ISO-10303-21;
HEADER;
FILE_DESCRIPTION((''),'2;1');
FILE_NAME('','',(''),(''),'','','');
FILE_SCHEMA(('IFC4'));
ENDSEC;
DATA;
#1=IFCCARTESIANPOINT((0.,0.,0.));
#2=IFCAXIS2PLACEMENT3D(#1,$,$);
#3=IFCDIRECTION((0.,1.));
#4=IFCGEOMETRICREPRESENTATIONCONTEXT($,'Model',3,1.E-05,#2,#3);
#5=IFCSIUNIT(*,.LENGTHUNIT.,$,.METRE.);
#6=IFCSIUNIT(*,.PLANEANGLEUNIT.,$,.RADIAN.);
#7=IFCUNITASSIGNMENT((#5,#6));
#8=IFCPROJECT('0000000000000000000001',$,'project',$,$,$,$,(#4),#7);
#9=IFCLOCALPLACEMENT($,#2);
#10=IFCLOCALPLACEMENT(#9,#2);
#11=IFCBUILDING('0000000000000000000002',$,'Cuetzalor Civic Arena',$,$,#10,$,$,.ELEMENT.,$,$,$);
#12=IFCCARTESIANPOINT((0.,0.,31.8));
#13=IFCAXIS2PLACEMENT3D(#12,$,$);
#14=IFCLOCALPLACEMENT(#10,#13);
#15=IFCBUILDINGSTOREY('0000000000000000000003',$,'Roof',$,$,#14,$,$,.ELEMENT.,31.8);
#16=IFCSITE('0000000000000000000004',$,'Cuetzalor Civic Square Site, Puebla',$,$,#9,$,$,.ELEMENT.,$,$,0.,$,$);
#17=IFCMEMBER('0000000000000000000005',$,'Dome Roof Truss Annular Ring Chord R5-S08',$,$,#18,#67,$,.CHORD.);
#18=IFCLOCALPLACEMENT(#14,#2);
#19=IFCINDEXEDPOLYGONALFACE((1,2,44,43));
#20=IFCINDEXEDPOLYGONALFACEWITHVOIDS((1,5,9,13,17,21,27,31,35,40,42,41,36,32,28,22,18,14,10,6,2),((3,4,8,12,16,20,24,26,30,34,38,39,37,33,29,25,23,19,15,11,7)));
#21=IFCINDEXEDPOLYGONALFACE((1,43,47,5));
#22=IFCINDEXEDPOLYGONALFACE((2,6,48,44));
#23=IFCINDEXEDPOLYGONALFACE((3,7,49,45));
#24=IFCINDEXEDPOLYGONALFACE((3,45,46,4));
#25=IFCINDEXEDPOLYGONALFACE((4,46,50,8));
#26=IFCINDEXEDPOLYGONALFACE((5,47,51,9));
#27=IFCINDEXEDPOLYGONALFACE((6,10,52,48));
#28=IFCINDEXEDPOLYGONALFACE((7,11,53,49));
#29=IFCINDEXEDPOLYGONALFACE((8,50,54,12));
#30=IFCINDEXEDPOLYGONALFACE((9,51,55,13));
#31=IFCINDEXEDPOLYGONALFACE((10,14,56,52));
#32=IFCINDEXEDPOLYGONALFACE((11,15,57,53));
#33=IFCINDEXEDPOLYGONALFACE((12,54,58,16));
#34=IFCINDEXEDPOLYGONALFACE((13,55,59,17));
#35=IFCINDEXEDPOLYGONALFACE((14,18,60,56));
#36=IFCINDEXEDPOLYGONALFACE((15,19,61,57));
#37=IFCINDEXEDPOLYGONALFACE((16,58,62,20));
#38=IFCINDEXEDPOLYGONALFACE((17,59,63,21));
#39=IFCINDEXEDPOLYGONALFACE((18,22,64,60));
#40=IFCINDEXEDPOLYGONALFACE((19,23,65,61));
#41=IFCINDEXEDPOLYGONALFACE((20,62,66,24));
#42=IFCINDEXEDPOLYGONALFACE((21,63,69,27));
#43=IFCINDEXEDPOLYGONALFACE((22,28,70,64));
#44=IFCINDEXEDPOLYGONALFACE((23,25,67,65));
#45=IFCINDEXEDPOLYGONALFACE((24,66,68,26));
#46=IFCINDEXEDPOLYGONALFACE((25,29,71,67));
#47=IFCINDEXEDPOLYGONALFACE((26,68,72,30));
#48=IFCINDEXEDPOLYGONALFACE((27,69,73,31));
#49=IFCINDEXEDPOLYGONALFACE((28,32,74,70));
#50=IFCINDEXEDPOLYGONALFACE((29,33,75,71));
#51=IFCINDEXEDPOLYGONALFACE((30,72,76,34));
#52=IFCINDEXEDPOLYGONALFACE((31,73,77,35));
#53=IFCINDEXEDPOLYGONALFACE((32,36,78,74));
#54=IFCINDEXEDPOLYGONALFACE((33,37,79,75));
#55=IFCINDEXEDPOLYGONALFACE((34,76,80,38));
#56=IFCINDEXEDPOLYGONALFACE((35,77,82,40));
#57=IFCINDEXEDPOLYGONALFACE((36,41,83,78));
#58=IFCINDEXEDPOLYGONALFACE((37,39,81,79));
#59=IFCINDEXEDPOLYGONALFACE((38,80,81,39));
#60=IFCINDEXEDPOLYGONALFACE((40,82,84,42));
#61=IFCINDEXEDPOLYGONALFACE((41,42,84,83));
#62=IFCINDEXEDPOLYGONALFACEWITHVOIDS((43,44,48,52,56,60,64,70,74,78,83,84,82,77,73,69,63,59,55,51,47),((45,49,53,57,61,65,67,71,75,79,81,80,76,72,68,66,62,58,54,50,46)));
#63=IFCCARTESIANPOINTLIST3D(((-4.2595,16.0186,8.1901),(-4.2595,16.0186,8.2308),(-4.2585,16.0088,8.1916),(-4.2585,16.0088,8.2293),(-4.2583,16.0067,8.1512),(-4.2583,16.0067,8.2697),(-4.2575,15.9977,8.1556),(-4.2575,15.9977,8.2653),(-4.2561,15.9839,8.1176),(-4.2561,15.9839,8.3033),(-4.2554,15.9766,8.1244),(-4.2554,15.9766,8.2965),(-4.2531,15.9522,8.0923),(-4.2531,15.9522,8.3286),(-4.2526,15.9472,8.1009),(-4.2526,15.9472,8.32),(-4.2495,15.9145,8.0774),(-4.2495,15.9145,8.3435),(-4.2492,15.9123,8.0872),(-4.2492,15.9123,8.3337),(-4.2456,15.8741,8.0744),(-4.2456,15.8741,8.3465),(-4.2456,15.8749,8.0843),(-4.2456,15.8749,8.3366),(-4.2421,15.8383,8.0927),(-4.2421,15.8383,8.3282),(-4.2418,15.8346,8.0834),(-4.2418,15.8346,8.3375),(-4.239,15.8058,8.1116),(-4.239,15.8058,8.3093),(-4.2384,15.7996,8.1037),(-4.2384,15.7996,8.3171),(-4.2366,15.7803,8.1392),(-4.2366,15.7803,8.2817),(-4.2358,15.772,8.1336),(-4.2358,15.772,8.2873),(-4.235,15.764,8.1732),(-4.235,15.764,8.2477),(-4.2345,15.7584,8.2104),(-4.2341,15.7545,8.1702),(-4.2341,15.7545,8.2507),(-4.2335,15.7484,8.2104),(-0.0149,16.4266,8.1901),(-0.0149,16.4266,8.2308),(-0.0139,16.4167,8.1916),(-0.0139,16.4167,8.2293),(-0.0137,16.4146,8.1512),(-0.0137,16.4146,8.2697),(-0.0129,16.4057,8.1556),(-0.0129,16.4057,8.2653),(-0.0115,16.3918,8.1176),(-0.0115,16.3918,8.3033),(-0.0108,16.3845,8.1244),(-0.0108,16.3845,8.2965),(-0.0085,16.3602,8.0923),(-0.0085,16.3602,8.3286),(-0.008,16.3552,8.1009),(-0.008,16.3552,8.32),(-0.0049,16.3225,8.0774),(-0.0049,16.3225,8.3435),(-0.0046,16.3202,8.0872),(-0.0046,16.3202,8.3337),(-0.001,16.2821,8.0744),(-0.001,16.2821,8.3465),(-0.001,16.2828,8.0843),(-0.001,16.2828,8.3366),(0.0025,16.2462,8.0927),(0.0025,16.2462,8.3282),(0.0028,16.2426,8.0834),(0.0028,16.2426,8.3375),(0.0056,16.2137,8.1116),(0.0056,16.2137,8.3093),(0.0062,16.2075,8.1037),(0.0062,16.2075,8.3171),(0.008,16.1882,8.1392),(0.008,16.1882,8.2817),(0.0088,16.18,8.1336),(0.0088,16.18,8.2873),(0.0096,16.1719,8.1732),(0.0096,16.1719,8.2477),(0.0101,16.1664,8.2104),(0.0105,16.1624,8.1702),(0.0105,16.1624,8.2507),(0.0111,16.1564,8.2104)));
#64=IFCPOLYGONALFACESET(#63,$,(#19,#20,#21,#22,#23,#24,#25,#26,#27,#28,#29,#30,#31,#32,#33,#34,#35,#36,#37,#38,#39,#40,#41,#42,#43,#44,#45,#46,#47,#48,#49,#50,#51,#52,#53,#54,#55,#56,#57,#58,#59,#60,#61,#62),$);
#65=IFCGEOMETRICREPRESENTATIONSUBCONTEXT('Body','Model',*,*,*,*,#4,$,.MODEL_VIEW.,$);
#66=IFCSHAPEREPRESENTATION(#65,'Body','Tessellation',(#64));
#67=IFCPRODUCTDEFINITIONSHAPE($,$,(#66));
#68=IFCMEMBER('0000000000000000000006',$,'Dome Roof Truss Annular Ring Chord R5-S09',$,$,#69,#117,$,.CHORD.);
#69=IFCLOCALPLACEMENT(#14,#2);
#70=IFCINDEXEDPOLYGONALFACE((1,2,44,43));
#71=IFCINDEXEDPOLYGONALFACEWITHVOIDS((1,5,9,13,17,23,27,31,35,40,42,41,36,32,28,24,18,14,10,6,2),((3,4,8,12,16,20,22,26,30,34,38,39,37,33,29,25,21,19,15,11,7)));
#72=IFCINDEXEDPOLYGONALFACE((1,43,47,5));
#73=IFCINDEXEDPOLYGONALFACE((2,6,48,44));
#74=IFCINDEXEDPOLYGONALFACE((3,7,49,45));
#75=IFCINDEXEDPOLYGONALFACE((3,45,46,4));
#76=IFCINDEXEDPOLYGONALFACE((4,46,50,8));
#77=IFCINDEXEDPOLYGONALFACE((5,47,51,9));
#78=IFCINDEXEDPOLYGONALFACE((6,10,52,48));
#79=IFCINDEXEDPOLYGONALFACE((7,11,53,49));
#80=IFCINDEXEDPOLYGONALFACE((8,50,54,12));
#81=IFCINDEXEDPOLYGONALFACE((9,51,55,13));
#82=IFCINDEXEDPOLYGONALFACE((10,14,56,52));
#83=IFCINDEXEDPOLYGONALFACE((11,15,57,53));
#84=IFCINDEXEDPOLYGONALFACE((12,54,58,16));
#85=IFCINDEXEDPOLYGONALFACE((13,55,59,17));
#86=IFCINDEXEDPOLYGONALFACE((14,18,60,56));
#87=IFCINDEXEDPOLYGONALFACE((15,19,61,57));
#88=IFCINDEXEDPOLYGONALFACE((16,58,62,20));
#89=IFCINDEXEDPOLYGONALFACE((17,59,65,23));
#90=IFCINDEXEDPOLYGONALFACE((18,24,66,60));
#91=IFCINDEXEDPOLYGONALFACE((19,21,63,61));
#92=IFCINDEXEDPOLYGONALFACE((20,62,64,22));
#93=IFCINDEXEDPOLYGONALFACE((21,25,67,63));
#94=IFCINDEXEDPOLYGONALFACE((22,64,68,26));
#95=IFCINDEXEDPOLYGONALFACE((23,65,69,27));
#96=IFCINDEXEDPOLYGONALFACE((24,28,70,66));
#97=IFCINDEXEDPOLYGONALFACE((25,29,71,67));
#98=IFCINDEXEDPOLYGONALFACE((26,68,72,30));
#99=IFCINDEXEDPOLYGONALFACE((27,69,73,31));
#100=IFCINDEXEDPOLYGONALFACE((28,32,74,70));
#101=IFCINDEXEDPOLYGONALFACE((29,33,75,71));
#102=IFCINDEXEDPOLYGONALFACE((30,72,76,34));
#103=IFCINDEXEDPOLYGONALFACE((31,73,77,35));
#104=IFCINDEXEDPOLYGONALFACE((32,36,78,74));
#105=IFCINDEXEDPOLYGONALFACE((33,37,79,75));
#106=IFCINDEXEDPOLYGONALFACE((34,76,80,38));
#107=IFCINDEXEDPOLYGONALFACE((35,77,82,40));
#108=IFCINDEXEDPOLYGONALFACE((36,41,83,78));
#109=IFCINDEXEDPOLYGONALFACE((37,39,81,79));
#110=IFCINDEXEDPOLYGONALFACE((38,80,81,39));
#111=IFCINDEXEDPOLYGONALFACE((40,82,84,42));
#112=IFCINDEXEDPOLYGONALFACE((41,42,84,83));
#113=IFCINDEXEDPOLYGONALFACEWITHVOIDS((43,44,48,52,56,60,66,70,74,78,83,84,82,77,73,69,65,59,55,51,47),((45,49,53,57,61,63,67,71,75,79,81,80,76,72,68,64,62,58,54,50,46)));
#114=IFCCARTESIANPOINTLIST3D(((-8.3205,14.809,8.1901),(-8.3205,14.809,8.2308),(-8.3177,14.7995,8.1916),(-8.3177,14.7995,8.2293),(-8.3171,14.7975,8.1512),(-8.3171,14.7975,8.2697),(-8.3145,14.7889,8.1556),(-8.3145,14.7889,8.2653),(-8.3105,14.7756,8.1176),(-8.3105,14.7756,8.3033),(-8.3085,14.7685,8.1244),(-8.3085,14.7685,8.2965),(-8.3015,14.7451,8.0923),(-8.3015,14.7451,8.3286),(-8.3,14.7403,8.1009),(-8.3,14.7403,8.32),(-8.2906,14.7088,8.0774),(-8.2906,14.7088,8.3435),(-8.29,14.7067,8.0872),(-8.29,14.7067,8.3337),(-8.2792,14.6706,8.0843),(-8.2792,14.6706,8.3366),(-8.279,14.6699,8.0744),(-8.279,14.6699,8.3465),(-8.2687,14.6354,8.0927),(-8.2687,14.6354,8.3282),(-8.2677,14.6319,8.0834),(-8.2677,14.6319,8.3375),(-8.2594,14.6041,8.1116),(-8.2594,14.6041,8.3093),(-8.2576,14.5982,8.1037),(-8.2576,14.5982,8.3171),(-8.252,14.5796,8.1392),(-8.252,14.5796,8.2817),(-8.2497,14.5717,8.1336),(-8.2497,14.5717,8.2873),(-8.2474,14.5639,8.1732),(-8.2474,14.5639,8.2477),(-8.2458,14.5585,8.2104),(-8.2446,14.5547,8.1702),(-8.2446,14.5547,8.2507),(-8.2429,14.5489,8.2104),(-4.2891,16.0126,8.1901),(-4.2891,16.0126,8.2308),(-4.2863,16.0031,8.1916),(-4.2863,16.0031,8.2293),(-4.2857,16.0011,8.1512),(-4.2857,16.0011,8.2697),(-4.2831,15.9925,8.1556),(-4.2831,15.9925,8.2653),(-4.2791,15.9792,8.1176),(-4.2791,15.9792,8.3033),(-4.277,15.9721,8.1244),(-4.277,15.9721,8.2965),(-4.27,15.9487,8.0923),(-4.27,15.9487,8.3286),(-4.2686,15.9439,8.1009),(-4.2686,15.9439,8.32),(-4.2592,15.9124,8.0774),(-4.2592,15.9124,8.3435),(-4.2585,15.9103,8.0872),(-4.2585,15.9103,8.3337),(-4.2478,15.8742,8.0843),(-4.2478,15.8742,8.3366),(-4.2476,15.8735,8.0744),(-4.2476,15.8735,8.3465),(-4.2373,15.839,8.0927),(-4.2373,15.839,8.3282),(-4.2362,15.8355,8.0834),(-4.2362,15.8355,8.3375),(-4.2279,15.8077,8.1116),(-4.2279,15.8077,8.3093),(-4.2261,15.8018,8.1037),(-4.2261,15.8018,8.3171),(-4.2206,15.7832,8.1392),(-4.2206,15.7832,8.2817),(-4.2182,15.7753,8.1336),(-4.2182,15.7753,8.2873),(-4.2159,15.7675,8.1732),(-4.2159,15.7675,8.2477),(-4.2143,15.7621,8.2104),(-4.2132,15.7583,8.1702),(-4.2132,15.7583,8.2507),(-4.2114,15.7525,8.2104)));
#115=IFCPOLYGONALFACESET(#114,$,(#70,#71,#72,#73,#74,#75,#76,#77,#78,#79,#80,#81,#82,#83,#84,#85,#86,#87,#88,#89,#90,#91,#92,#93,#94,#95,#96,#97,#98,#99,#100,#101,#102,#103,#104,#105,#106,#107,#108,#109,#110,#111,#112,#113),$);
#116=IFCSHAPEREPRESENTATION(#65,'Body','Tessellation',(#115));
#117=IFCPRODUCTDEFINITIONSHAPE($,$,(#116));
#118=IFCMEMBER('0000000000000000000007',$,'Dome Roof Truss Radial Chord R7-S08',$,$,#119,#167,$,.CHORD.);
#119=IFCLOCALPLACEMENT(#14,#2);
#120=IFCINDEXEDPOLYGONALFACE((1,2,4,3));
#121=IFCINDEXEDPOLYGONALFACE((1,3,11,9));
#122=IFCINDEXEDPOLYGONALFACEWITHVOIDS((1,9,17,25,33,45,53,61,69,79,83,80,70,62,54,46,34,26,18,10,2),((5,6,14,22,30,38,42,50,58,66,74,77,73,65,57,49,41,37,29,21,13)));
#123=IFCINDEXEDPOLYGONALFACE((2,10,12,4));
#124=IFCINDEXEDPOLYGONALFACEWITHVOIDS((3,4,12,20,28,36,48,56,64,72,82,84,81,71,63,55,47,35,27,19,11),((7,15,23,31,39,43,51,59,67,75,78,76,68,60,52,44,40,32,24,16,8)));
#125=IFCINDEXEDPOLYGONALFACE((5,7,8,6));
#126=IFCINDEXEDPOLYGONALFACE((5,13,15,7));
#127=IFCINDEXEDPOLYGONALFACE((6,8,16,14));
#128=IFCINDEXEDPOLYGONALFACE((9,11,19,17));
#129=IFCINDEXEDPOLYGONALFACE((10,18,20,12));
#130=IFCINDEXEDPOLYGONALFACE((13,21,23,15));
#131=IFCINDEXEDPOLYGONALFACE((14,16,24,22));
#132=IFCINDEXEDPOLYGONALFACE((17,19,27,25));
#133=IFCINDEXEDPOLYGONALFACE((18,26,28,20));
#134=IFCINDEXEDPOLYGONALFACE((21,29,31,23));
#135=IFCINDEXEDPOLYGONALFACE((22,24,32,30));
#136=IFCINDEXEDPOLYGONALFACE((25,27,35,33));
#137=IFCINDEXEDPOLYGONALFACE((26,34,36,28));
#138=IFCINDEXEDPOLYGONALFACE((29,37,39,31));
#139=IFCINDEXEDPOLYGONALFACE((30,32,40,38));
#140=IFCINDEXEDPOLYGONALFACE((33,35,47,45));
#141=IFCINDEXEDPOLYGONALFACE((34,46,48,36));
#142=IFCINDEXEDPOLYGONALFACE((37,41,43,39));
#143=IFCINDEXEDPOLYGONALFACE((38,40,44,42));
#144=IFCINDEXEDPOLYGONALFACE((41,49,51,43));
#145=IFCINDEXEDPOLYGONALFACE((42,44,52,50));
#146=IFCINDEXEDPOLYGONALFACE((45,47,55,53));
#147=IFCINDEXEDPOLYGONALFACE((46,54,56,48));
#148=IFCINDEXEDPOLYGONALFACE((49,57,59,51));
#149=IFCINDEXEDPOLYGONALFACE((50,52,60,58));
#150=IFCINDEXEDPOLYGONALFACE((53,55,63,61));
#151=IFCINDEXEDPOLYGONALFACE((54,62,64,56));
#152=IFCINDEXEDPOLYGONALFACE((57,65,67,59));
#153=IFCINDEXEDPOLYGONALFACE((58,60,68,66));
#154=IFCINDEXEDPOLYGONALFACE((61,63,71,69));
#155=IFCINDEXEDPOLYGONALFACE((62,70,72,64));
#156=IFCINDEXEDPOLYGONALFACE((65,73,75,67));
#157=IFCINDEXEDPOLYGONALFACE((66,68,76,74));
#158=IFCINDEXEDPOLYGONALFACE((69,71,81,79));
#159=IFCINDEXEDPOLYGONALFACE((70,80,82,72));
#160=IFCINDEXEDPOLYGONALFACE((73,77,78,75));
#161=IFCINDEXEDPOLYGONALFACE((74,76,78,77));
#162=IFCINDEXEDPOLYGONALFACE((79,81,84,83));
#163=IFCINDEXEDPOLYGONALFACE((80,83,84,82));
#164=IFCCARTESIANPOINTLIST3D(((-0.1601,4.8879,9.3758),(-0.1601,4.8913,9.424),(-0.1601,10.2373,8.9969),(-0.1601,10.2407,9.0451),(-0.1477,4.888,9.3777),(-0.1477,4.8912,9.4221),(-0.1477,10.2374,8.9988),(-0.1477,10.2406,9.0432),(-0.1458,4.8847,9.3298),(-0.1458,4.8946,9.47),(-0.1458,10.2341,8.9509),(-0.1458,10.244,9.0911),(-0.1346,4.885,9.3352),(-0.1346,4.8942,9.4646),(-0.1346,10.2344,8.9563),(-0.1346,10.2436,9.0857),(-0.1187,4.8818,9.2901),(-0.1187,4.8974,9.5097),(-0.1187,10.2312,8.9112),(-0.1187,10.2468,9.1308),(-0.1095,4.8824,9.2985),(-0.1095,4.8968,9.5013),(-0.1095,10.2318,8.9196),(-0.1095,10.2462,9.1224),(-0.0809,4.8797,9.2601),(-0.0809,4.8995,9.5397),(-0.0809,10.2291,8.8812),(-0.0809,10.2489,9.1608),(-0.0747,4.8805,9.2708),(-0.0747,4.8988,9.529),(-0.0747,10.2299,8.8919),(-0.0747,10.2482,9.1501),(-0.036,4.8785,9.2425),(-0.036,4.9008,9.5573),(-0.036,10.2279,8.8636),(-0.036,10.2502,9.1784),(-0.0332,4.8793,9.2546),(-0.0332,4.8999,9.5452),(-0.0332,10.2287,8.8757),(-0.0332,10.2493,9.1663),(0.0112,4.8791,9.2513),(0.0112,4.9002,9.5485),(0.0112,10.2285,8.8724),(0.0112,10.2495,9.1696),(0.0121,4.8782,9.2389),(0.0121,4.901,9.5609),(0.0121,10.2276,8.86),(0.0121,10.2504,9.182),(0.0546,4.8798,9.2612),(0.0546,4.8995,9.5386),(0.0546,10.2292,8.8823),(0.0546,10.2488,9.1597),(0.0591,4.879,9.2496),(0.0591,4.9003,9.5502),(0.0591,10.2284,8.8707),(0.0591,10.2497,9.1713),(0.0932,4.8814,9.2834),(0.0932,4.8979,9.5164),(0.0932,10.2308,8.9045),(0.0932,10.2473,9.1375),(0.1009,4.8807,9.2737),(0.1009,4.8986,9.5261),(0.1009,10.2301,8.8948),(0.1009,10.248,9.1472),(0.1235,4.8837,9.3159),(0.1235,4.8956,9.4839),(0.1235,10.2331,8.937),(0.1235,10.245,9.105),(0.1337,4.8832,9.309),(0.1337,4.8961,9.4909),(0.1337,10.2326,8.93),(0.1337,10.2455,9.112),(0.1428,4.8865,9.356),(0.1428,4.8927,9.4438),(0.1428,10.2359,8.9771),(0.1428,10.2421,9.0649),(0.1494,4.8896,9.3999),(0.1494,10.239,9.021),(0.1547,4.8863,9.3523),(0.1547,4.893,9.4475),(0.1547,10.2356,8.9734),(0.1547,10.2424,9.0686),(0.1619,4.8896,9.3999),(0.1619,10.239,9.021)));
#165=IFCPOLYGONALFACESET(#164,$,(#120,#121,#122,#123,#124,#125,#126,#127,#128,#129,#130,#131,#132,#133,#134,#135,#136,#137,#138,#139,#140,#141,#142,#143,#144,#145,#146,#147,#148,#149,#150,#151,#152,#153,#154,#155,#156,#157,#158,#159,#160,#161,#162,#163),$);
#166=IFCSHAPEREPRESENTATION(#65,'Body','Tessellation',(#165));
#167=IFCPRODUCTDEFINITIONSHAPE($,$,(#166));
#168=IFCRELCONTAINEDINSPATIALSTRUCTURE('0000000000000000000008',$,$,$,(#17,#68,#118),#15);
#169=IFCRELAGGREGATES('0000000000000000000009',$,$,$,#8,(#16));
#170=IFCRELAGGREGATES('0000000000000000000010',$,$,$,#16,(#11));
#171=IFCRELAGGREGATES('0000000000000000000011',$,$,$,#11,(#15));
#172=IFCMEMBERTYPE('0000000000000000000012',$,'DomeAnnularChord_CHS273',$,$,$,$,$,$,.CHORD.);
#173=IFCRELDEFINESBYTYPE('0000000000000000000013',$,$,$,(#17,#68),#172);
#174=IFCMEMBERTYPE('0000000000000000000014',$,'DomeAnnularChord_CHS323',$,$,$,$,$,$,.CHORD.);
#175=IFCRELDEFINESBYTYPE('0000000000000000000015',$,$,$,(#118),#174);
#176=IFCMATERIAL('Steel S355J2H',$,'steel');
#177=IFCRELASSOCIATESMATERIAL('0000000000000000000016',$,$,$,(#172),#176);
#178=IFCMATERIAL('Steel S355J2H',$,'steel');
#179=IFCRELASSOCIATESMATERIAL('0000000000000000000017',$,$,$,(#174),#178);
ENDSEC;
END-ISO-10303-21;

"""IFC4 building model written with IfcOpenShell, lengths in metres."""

from ifc_helpers import new_model, si_unit, direction, frame, origin, origin_2d, place, context, subcontext, project, spatial, hollow_circle, extrude, material, material_profile, profile_set, type_object, element, save


model = new_model("IFC4")

# Units and contexts
model_context = context("Model", 3, precision=1e-05, world=origin(), true_north=direction((0.0, 1.0)))
body_context = subcontext(model_context, "Body", "Model", "MODEL_VIEW")
ifc_project = project(units=[si_unit("LENGTHUNIT", "METRE"), si_unit("PLANEANGLEUNIT", "RADIAN")], contexts=[model_context])

# Site, building, storey
site_placement = place(None, origin())
site = spatial("IfcSite", under=ifc_project, at=site_placement, Name="Cuetzalor Civic Square Site, Puebla", CompositionType="ELEMENT", RefElevation=0.0)
building_placement = place(site_placement, origin())
building = spatial("IfcBuilding", under=site, at=building_placement, Name="Cuetzalor Civic Arena", CompositionType="ELEMENT")
storey_placement = place(building_placement, frame((0.0, 0.0, 31.8)))
storey = spatial("IfcBuildingStorey", under=building, at=storey_placement, Name="Roof", CompositionType="ELEMENT", Elevation=31.8)

# Members
ifc_material_1 = material(Name="Steel S355J2H", Category="steel")
ifc_material_profile_1 = material_profile(ifc_material_1, hollow_circle(Radius=0.1365, WallThickness=0.01, at=origin_2d()), Name="CHS 273x10")
ifc_profile_set_1 = profile_set([ifc_material_profile_1], Name="Steel S355J2H")
member_type_1 = type_object("IfcMemberType", Name="DomeAnnularChord_CHS273", PredefinedType="CHORD", material=ifc_profile_set_1)
member_1_placement = place(storey_placement, frame((-0.002, 16.2922, 8.2104), z_axis=(-0.995413, -0.095671, 0.0), x_axis=(0.095671, -0.995413, 0.0)))
element("IfcMember", 1, at=member_1_placement, inside=storey, type_object=member_type_1, Name="Dome Roof Truss Annular Ring Chord R5-S08", PredefinedType="CHORD", context=body_context, shape_type="SweptSolid", body=[
    extrude(hollow_circle(Radius=0.1365, WallThickness=0.01, at=origin_2d()), origin(), (0.0, 0.0, 1.0), 4.2642),
])
member_2_placement = place(storey_placement, frame((-4.2505, 15.8833, 8.2104), z_axis=(-0.958207, -0.286075, 0.0), x_axis=(0.286075, -0.958207, 0.0)))
element("IfcMember", 2, at=member_2_placement, inside=storey, type_object=member_type_1, Name="Dome Roof Truss Annular Ring Chord R5-S09", PredefinedType="CHORD", context=body_context, shape_type="SweptSolid", body=[
    extrude(hollow_circle(Radius=0.1365, WallThickness=0.01, at=origin_2d()), origin(), (0.0, 0.0, 1.0), 4.2073),
])
ifc_material_2 = material(Name="Steel S355J2H", Category="steel")
ifc_material_profile_2 = material_profile(ifc_material_2, hollow_circle(Radius=0.1619, WallThickness=0.0125, at=origin_2d()), Name="CHS 323.9x12.5")
ifc_profile_set_2 = profile_set([ifc_material_profile_2], Name="Steel S355J2H")
member_type_2 = type_object("IfcMemberType", Name="DomeAnnularChord_CHS323", PredefinedType="CHORD", material=ifc_profile_set_2)
member_3_placement = place(storey_placement, frame((0.0, 10.239, 9.021), z_axis=(0.0, -0.997501, 0.070655), x_axis=(1.0, 0.0, 0.0)))
element("IfcMember", 3, at=member_3_placement, inside=storey, type_object=member_type_2, Name="Dome Roof Truss Radial Chord R7-S08", PredefinedType="CHORD", context=body_context, shape_type="SweptSolid", body=[
    extrude(hollow_circle(Radius=0.1619, WallThickness=0.0125, at=origin_2d()), origin(), (0.0, 0.0, 1.0), 5.3628),
])

save(model, "model.ifc")
